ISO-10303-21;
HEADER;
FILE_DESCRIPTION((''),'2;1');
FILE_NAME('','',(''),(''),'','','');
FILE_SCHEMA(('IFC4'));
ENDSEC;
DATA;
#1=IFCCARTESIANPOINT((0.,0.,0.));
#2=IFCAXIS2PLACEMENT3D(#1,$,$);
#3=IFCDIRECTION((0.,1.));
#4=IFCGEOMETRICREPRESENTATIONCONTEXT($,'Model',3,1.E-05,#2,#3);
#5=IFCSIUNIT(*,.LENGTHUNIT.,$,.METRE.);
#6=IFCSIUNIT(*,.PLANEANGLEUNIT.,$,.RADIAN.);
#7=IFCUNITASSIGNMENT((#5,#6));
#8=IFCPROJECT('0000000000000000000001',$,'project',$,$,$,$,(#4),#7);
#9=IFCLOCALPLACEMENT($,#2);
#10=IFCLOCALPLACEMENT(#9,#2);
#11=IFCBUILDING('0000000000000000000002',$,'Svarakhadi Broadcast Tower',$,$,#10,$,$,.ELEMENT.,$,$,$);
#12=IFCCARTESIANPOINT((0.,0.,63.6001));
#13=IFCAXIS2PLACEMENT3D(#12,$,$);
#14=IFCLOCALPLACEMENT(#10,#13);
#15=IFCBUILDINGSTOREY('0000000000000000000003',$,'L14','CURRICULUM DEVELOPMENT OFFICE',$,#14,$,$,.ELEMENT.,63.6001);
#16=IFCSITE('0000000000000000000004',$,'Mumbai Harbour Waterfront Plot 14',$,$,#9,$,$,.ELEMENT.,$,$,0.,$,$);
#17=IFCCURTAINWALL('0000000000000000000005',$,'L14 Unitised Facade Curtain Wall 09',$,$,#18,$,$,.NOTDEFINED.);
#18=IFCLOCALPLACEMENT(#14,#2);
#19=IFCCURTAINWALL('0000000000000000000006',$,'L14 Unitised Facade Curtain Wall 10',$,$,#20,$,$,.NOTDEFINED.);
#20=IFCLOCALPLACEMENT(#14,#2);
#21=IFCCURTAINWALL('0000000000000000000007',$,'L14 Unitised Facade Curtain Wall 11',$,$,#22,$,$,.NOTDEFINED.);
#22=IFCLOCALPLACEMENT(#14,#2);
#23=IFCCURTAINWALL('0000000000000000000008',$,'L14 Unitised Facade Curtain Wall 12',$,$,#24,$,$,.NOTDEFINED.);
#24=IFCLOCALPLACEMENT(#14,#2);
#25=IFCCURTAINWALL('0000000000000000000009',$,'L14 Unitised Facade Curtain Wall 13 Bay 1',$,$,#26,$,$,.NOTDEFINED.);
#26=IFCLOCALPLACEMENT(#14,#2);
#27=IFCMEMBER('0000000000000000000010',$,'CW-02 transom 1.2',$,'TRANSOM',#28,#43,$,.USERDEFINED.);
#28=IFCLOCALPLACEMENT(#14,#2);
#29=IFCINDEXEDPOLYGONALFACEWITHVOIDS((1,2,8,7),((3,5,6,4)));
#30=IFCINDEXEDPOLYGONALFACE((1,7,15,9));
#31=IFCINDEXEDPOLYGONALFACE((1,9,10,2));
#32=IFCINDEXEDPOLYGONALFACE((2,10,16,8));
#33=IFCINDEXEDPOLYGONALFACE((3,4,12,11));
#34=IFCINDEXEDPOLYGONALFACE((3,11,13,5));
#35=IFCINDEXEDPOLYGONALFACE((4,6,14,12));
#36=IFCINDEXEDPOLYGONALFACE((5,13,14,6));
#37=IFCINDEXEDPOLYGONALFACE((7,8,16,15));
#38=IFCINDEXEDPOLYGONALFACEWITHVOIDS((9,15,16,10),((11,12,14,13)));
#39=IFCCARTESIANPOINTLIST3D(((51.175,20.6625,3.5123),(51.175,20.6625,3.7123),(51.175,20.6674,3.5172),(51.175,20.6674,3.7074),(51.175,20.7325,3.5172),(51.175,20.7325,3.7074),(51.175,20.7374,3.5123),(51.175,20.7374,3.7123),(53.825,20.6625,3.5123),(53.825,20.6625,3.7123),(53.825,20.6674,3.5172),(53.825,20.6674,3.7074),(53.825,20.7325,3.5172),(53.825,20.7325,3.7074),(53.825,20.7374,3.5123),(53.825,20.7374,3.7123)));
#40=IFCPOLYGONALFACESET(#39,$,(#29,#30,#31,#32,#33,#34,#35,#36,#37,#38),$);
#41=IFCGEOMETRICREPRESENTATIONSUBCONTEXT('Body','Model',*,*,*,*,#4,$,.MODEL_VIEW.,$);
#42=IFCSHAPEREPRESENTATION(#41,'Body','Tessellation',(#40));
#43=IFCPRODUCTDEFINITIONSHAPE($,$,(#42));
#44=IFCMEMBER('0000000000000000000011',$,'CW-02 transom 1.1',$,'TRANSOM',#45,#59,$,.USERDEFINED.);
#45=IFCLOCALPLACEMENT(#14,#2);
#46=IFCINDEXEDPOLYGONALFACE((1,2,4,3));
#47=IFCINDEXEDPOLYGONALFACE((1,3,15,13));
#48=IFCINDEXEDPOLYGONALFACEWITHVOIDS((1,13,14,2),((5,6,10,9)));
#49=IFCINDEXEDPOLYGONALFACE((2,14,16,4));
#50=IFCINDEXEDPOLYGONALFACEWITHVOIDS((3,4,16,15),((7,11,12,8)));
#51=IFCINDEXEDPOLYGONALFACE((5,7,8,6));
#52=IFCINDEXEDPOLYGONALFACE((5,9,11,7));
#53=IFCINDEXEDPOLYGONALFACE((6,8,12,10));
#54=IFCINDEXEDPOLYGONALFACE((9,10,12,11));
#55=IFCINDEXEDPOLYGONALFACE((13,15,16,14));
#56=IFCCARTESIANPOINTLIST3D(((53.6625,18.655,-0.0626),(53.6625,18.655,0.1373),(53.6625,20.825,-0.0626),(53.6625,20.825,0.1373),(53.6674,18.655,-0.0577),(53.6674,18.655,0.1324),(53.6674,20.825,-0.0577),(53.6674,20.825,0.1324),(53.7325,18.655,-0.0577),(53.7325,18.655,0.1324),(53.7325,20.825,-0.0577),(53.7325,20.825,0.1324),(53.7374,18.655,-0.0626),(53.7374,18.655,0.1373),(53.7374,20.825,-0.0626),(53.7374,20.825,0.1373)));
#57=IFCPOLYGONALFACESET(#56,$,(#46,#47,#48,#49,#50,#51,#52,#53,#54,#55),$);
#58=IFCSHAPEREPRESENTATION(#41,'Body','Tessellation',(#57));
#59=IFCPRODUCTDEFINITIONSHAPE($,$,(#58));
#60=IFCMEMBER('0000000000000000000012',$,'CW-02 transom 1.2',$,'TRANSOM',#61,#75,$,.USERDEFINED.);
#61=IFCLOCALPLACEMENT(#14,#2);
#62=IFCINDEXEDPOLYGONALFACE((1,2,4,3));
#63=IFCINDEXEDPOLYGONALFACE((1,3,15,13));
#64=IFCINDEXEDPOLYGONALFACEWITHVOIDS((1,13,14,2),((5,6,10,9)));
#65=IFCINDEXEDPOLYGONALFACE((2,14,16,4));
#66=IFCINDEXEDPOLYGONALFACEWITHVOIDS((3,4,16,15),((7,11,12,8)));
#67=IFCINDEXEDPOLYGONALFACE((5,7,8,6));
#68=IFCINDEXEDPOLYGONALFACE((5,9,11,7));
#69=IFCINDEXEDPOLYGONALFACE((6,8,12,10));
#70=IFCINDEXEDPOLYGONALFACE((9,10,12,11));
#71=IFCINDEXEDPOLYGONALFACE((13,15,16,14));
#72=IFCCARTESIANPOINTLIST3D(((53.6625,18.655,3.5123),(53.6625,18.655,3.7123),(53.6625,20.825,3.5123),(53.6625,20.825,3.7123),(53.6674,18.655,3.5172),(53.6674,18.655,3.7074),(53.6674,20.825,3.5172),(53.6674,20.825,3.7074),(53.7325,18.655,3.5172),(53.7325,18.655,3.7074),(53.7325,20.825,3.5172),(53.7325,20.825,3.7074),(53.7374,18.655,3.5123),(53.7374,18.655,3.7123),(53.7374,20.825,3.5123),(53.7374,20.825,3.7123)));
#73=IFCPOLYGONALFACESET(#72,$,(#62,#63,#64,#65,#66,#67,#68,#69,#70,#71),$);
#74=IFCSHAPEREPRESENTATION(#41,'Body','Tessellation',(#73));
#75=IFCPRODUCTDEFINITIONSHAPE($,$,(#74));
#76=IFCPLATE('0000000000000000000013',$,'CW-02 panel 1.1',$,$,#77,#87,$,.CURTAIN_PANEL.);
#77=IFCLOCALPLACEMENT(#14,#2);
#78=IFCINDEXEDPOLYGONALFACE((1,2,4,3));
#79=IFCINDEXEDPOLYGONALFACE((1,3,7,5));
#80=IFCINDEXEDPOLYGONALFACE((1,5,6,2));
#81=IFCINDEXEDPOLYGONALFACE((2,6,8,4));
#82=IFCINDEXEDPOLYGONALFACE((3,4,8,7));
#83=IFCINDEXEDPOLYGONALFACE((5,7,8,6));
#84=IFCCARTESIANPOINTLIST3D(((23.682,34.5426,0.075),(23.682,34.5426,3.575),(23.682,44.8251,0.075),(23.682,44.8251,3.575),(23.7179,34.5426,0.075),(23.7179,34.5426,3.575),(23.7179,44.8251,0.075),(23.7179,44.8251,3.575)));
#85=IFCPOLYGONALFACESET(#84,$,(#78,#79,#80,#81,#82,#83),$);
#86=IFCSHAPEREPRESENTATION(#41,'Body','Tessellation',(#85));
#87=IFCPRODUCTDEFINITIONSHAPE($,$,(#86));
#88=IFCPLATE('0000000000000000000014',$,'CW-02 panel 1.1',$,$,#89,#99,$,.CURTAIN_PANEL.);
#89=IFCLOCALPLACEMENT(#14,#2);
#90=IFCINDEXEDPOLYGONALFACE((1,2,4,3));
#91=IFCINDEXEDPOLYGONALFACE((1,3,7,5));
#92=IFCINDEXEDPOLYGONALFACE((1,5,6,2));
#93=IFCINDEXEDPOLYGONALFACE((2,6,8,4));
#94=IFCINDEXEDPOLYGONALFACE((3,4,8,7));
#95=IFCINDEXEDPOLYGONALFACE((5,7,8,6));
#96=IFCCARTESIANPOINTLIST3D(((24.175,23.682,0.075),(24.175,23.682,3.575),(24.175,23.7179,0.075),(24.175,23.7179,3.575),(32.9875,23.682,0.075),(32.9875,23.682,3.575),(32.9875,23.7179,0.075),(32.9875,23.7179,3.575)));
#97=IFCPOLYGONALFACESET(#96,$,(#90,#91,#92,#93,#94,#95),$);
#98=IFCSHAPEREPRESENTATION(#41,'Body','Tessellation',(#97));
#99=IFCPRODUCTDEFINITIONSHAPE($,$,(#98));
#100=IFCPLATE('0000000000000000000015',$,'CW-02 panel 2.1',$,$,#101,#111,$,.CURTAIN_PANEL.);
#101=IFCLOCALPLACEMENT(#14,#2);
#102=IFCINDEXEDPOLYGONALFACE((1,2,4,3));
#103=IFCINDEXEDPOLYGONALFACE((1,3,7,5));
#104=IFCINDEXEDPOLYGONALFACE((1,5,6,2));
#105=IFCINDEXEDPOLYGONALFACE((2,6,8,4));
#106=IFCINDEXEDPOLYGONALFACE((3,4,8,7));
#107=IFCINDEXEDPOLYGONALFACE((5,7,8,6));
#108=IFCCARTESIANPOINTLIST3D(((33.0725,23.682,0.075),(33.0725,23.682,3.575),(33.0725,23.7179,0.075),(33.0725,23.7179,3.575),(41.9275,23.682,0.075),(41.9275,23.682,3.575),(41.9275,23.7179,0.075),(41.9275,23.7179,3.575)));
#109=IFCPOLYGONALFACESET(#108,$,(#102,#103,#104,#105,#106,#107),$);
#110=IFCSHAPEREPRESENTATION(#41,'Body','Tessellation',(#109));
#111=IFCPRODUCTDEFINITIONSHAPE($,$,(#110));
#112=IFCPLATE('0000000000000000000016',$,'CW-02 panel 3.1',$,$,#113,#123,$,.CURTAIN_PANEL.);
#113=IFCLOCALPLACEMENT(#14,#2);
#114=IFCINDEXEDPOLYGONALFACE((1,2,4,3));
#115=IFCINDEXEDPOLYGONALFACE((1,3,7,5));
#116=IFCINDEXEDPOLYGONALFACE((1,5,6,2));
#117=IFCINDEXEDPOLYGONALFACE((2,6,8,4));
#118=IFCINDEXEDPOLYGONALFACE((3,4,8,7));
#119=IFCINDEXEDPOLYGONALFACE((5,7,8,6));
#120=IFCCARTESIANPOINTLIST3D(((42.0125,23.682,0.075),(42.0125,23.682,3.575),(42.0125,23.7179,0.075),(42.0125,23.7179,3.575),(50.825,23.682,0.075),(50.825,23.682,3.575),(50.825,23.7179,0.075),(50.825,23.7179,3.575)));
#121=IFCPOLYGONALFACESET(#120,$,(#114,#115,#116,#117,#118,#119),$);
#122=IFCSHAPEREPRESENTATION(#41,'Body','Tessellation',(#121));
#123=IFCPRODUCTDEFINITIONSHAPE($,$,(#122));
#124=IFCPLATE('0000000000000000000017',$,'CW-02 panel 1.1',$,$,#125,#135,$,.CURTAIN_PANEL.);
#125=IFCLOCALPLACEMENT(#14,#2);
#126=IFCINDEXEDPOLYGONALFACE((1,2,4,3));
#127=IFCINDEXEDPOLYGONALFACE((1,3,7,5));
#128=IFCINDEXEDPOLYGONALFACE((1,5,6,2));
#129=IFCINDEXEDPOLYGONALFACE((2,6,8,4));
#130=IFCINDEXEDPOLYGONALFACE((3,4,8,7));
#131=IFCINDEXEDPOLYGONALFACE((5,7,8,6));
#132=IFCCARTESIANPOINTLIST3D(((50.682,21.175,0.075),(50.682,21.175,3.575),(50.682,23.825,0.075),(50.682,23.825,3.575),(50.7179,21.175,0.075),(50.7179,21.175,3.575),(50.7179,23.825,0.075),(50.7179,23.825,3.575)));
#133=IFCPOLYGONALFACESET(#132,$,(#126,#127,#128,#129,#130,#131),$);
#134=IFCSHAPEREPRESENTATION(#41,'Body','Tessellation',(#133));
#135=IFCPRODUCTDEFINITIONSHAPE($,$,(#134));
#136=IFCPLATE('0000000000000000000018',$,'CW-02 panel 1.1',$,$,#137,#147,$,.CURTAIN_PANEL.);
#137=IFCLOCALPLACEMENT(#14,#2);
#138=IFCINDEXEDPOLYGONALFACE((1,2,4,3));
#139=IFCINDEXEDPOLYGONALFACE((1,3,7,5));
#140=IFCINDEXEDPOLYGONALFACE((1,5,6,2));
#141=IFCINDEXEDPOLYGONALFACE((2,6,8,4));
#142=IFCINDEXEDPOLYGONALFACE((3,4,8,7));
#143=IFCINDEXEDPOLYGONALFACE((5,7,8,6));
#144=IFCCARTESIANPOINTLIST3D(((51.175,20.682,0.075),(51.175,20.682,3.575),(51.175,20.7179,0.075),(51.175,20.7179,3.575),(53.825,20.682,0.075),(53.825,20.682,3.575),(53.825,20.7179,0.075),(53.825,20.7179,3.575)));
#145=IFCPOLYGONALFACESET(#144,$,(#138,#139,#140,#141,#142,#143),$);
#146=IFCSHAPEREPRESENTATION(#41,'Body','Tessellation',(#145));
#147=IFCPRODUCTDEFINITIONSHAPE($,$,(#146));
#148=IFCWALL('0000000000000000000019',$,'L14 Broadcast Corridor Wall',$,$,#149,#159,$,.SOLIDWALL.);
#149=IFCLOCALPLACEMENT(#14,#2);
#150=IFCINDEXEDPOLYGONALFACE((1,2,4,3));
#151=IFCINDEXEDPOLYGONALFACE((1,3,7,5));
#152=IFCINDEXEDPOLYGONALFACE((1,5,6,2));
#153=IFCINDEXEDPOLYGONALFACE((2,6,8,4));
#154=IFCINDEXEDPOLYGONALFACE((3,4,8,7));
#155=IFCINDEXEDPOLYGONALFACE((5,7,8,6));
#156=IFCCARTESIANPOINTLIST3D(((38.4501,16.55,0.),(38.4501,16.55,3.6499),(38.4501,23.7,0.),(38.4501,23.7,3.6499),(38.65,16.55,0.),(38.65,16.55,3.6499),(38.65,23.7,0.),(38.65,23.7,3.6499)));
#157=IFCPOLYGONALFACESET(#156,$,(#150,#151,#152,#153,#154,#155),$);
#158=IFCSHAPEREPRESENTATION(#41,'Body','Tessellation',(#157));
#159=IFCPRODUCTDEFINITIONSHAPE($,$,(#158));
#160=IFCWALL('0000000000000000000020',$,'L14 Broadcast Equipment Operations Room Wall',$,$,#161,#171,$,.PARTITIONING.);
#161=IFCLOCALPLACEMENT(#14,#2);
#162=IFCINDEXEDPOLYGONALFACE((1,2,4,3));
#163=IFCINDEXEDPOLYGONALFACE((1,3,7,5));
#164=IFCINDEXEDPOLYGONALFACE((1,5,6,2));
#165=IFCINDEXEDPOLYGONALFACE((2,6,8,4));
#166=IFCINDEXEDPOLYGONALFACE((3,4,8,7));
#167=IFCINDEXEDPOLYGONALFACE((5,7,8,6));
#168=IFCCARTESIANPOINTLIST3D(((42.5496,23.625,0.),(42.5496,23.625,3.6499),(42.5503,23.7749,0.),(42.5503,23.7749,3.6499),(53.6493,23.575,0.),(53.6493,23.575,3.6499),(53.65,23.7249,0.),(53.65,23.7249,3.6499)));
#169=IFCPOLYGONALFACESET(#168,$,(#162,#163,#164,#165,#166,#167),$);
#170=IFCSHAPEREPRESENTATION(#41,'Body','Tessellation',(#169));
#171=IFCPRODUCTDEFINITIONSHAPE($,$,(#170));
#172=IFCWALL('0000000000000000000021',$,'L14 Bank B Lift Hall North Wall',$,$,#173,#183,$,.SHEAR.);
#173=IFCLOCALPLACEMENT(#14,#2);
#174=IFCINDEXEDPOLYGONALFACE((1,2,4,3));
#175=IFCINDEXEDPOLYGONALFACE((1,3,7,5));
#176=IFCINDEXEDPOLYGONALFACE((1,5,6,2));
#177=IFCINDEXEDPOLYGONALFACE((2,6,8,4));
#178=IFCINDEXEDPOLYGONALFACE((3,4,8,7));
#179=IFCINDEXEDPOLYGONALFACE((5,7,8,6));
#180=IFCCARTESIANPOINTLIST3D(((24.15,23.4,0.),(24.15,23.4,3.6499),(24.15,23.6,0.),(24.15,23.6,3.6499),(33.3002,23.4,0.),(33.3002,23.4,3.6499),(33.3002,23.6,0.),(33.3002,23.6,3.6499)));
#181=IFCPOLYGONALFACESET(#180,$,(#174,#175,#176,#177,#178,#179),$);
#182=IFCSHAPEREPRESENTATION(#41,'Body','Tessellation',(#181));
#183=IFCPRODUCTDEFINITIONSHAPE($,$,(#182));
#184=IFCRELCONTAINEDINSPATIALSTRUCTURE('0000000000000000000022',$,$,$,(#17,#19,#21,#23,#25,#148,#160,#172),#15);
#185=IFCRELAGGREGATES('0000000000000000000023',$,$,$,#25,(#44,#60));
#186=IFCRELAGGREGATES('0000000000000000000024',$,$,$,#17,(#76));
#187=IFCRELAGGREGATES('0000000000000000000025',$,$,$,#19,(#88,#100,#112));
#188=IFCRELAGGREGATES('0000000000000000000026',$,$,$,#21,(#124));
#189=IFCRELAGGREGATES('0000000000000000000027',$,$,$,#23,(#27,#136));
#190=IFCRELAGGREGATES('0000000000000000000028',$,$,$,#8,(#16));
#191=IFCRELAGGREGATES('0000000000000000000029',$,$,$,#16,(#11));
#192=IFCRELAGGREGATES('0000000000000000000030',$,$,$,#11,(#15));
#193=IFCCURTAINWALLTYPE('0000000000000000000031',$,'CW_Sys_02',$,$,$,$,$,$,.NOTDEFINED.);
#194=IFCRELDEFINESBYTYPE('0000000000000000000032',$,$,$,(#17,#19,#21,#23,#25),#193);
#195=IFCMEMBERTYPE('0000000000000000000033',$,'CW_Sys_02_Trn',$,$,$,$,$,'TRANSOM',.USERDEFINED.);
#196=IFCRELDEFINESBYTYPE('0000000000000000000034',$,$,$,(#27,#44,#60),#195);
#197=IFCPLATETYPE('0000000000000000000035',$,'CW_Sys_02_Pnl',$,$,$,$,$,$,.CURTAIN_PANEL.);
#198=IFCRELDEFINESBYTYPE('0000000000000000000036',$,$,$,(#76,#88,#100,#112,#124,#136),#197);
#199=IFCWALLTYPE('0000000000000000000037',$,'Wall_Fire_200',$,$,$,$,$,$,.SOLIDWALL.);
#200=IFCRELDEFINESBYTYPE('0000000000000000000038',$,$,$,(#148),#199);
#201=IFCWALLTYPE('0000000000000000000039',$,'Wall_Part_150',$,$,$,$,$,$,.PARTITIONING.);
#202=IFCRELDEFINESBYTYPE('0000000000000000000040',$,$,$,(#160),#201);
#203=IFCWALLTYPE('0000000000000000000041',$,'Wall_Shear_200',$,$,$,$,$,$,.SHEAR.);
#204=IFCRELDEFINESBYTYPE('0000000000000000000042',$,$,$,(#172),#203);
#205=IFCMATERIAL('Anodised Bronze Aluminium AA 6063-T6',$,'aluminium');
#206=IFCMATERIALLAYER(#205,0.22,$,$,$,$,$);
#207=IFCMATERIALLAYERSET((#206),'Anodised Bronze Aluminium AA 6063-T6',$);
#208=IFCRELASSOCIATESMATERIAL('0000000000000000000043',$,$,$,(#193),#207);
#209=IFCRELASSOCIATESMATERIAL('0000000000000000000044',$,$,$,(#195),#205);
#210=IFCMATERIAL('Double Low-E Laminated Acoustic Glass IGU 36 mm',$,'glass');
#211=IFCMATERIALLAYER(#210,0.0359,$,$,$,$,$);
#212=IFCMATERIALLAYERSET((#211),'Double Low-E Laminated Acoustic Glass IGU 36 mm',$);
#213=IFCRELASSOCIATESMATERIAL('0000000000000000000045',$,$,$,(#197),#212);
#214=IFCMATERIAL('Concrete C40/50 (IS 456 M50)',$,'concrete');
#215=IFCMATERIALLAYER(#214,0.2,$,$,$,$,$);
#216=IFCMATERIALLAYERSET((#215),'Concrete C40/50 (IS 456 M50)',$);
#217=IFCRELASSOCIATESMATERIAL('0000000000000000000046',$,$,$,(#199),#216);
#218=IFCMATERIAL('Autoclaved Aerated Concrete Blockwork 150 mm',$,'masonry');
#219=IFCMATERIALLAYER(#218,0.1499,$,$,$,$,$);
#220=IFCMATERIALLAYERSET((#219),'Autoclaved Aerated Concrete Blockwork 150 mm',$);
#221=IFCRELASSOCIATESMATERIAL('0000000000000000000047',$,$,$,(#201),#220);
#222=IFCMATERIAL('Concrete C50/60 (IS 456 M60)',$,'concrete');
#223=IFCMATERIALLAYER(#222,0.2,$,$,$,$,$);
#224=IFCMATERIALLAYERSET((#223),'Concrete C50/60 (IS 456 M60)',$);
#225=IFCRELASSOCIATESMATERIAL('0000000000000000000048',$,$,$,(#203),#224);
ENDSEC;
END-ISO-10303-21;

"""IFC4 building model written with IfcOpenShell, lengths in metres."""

from ifc_helpers import new_model, si_unit, direction, frame, frame_2d, origin, origin_2d, place, context, subcontext, project, spatial, rectangle, hollow_rectangle, extrude, material, layer, layer_set, material_profile, profile_set, type_object, element, aggregate, save


model = new_model("IFC4")

# Units and contexts
model_context = context("Model", 3, precision=1e-05, world=origin(), true_north=direction((0.0, 1.0)))
body_context = subcontext(model_context, "Body", "Model", "MODEL_VIEW")
ifc_project = project(units=[si_unit("LENGTHUNIT", "METRE"), si_unit("PLANEANGLEUNIT", "RADIAN")], contexts=[model_context])

# Site, building, storey
site_placement = place(None, origin())
site = spatial("IfcSite", under=ifc_project, at=site_placement, Name="Mumbai Harbour Waterfront Plot 14", CompositionType="ELEMENT", RefElevation=0.0)
building_placement = place(site_placement, origin())
building = spatial("IfcBuilding", under=site, at=building_placement, Name="Svarakhadi Broadcast Tower", CompositionType="ELEMENT")
storey_placement = place(building_placement, frame((0.0, 0.0, 63.6001)))
storey = spatial("IfcBuildingStorey", under=building, at=storey_placement, Name="L14", Description="CURRICULUM DEVELOPMENT OFFICE", CompositionType="ELEMENT", Elevation=63.6001)

# Curtain wall
ifc_material_1 = material(Name="Anodised Bronze Aluminium AA 6063-T6", Category="aluminium")
ifc_layer_1 = layer(ifc_material_1, 0.22)
ifc_layer_set_1 = layer_set([ifc_layer_1], Name="Anodised Bronze Aluminium AA 6063-T6")
curtain_wall_type = type_object("IfcCurtainWallType", Name="CW_Sys_02", PredefinedType="NOTDEFINED", material=ifc_layer_set_1)
curtain_wall_1_placement = place(storey_placement, origin())
curtain_wall_1 = element("IfcCurtainWall", 1, at=curtain_wall_1_placement, inside=storey, type_object=curtain_wall_type, Name="L14 Unitised Facade Curtain Wall 09", PredefinedType="NOTDEFINED")

# Curtain walls
curtain_wall_2_placement = place(storey_placement, origin())
curtain_wall_2 = element("IfcCurtainWall", 2, at=curtain_wall_2_placement, inside=storey, type_object=curtain_wall_type, Name="L14 Unitised Facade Curtain Wall 10", PredefinedType="NOTDEFINED")
curtain_wall_3_placement = place(storey_placement, origin())
curtain_wall_3 = element("IfcCurtainWall", 3, at=curtain_wall_3_placement, inside=storey, type_object=curtain_wall_type, Name="L14 Unitised Facade Curtain Wall 11", PredefinedType="NOTDEFINED")
curtain_wall_4_placement = place(storey_placement, origin())
curtain_wall_4 = element("IfcCurtainWall", 4, at=curtain_wall_4_placement, inside=storey, type_object=curtain_wall_type, Name="L14 Unitised Facade Curtain Wall 12", PredefinedType="NOTDEFINED")

# Curtain wall
curtain_wall_5_placement = place(storey_placement, origin())
curtain_wall_5 = element("IfcCurtainWall", 5, at=curtain_wall_5_placement, inside=storey, type_object=curtain_wall_type, Name="L14 Unitised Facade Curtain Wall 13 Bay 1", PredefinedType="NOTDEFINED")

# Members
ifc_material_profile_1 = material_profile(ifc_material_1, hollow_rectangle(XDim=0.075, YDim=0.2, WallThickness=0.0049, at=origin_2d()), Name="ALU TRANSOM 200x75x5")
ifc_profile_set_1 = profile_set([ifc_material_profile_1], Name="Anodised Bronze Aluminium AA 6063-T6")
member_type_1 = type_object("IfcMemberType", Name="CW_Sys_02_Trn", ElementType="TRANSOM", PredefinedType="USERDEFINED", material=ifc_profile_set_1)
member_1_placement = place(storey_placement, frame((51.175, 20.7, 3.6123), z_axis=(1.0, 0.0, 0.0), x_axis=(0.0, 1.0, 0.0)))
member_1 = element("IfcMember", 6, at=member_1_placement, type_object=member_type_1, Name="CW-02 transom 1.2", ObjectType="TRANSOM", PredefinedType="USERDEFINED", context=body_context, shape_type="SweptSolid", body=[
    extrude(hollow_rectangle(XDim=0.075, YDim=0.2, WallThickness=0.0049, at=origin_2d()), origin(), (0.0, 0.0, 1.0), 2.6499),
])
member_2_placement = place(storey_placement, frame((53.7, 20.825, 0.0374), z_axis=(0.0, -1.0, 0.0), x_axis=(1.0, 0.0, 0.0)))
member_2 = element("IfcMember", 7, at=member_2_placement, type_object=member_type_1, Name="CW-02 transom 1.1", ObjectType="TRANSOM", PredefinedType="USERDEFINED", context=body_context, shape_type="SweptSolid", body=[
    extrude(hollow_rectangle(XDim=0.075, YDim=0.2, WallThickness=0.0049, at=origin_2d()), origin(), (0.0, 0.0, 1.0), 2.1699),
])
member_3_placement = place(storey_placement, frame((53.7, 20.825, 3.6123), z_axis=(0.0, -1.0, 0.0), x_axis=(1.0, 0.0, 0.0)))
member_3 = element("IfcMember", 8, at=member_3_placement, type_object=member_type_1, Name="CW-02 transom 1.2", ObjectType="TRANSOM", PredefinedType="USERDEFINED", context=body_context, shape_type="SweptSolid", body=[
    extrude(hollow_rectangle(XDim=0.075, YDim=0.2, WallThickness=0.0049, at=origin_2d()), origin(), (0.0, 0.0, 1.0), 2.1699),
])
aggregate(curtain_wall_5, [member_2, member_3])

# Plates
ifc_material_2 = material(Name="Double Low-E Laminated Acoustic Glass IGU 36 mm", Category="glass")
ifc_layer_2 = layer(ifc_material_2, 0.0359)
ifc_layer_set_2 = layer_set([ifc_layer_2], Name="Double Low-E Laminated Acoustic Glass IGU 36 mm")
plate_type = type_object("IfcPlateType", Name="CW_Sys_02_Pnl", PredefinedType="CURTAIN_PANEL", material=ifc_layer_set_2)
plate_1_placement = place(storey_placement, frame((23.7, 39.6838, 0.075), z_axis=(0.0, 0.0, 1.0), x_axis=(0.0, -1.0, 0.0)))
plate_1 = element("IfcPlate", 9, at=plate_1_placement, type_object=plate_type, Name="CW-02 panel 1.1", PredefinedType="CURTAIN_PANEL", context=body_context, shape_type="SweptSolid", body=[
    extrude(rectangle(XDim=10.2825, YDim=0.0359, at=origin_2d()), origin(), (0.0, 0.0, 1.0), 3.5),
])
aggregate(curtain_wall_1, [plate_1])
plate_2_placement = place(storey_placement, frame((28.5813, 23.7, 0.075), z_axis=(0.0, 0.0, 1.0), x_axis=(1.0, 0.0, 0.0)))
plate_2 = element("IfcPlate", 10, at=plate_2_placement, type_object=plate_type, Name="CW-02 panel 1.1", PredefinedType="CURTAIN_PANEL", context=body_context, shape_type="SweptSolid", body=[
    extrude(rectangle(XDim=8.8125, YDim=0.0359, at=origin_2d()), origin(), (0.0, 0.0, 1.0), 3.5),
])
plate_3_placement = place(storey_placement, frame((37.5, 23.7, 0.075), z_axis=(0.0, 0.0, 1.0), x_axis=(1.0, 0.0, 0.0)))
plate_3 = element("IfcPlate", 11, at=plate_3_placement, type_object=plate_type, Name="CW-02 panel 2.1", PredefinedType="CURTAIN_PANEL", context=body_context, shape_type="SweptSolid", body=[
    extrude(rectangle(XDim=8.855, YDim=0.0359, at=origin_2d()), origin(), (0.0, 0.0, 1.0), 3.5),
])
plate_4_placement = place(storey_placement, frame((46.4187, 23.7, 0.075), z_axis=(0.0, 0.0, 1.0), x_axis=(1.0, 0.0, 0.0)))
plate_4 = element("IfcPlate", 12, at=plate_4_placement, type_object=plate_type, Name="CW-02 panel 3.1", PredefinedType="CURTAIN_PANEL", context=body_context, shape_type="SweptSolid", body=[
    extrude(rectangle(XDim=8.8125, YDim=0.0359, at=origin_2d()), origin(), (0.0, 0.0, 1.0), 3.5),
])
aggregate(curtain_wall_2, [plate_2, plate_3, plate_4])
plate_5_placement = place(storey_placement, frame((50.7, 22.5, 0.075), z_axis=(0.0, 0.0, 1.0), x_axis=(0.0, -1.0, 0.0)))
plate_5 = element("IfcPlate", 13, at=plate_5_placement, type_object=plate_type, Name="CW-02 panel 1.1", PredefinedType="CURTAIN_PANEL", context=body_context, shape_type="SweptSolid", body=[
    extrude(rectangle(XDim=2.6499, YDim=0.0359, at=origin_2d()), origin(), (0.0, 0.0, 1.0), 3.5),
])
aggregate(curtain_wall_3, [plate_5])
plate_6_placement = place(storey_placement, frame((52.5, 20.7, 0.075), z_axis=(0.0, 0.0, 1.0), x_axis=(1.0, 0.0, 0.0)))
plate_6 = element("IfcPlate", 14, at=plate_6_placement, type_object=plate_type, Name="CW-02 panel 1.1", PredefinedType="CURTAIN_PANEL", context=body_context, shape_type="SweptSolid", body=[
    extrude(rectangle(XDim=2.6499, YDim=0.0359, at=origin_2d()), origin(), (0.0, 0.0, 1.0), 3.5),
])
aggregate(curtain_wall_4, [member_1, plate_6])

# Walls
ifc_material_3 = material(Name="Concrete C40/50 (IS 456 M50)", Category="concrete")
ifc_layer_3 = layer(ifc_material_3, 0.2)
ifc_layer_set_3 = layer_set([ifc_layer_3], Name="Concrete C40/50 (IS 456 M50)")
wall_type_1 = type_object("IfcWallType", Name="Wall_Fire_200", PredefinedType="SOLIDWALL", material=ifc_layer_set_3)
wall_1_placement = place(storey_placement, frame((38.55, 23.7, 0.0), z_axis=(0.0, 0.0, 1.0), x_axis=(0.0, -1.0, 0.0)))
element("IfcWall", 15, at=wall_1_placement, inside=storey, type_object=wall_type_1, Name="L14 Broadcast Corridor Wall", PredefinedType="SOLIDWALL", context=body_context, shape_type="SweptSolid", body=[
    extrude(rectangle(XDim=7.1499, YDim=0.2, at=frame_2d((3.575, 0.0))), origin(), (0.0, 0.0, 1.0), 3.6499),
])
ifc_material_4 = material(Name="Autoclaved Aerated Concrete Blockwork 150 mm", Category="masonry")
ifc_layer_4 = layer(ifc_material_4, 0.1499)
ifc_layer_set_4 = layer_set([ifc_layer_4], Name="Autoclaved Aerated Concrete Blockwork 150 mm")
wall_type_2 = type_object("IfcWallType", Name="Wall_Part_150", PredefinedType="PARTITIONING", material=ifc_layer_set_4)
wall_2_placement = place(storey_placement, frame((42.55, 23.7, 0.0), z_axis=(0.0, 0.0, 1.0), x_axis=(0.99999, -0.004509, 0.0)))
element("IfcWall", 16, at=wall_2_placement, inside=storey, type_object=wall_type_2, Name="L14 Broadcast Equipment Operations Room Wall", PredefinedType="PARTITIONING", context=body_context, shape_type="SweptSolid", body=[
    extrude(rectangle(XDim=11.0999, YDim=0.1499, at=frame_2d((5.5498, 0.0))), origin(), (0.0, 0.0, 1.0), 3.6499),
])
ifc_material_5 = material(Name="Concrete C50/60 (IS 456 M60)", Category="concrete")
ifc_layer_5 = layer(ifc_material_5, 0.2)
ifc_layer_set_5 = layer_set([ifc_layer_5], Name="Concrete C50/60 (IS 456 M60)")
wall_type_3 = type_object("IfcWallType", Name="Wall_Shear_200", PredefinedType="SHEAR", material=ifc_layer_set_5)
wall_3_placement = place(storey_placement, frame((24.1499, 23.5, 0.0), z_axis=(0.0, 0.0, 1.0), x_axis=(1.0, 0.0, 0.0)))
element("IfcWall", 17, at=wall_3_placement, inside=storey, type_object=wall_type_3, Name="L14 Bank B Lift Hall North Wall", PredefinedType="SHEAR", context=body_context, shape_type="SweptSolid", body=[
    extrude(rectangle(XDim=9.1501, YDim=0.2, at=frame_2d((4.5752, 0.0))), origin(), (0.0, 0.0, 1.0), 3.6499),
])

save(model, "model.ifc")
